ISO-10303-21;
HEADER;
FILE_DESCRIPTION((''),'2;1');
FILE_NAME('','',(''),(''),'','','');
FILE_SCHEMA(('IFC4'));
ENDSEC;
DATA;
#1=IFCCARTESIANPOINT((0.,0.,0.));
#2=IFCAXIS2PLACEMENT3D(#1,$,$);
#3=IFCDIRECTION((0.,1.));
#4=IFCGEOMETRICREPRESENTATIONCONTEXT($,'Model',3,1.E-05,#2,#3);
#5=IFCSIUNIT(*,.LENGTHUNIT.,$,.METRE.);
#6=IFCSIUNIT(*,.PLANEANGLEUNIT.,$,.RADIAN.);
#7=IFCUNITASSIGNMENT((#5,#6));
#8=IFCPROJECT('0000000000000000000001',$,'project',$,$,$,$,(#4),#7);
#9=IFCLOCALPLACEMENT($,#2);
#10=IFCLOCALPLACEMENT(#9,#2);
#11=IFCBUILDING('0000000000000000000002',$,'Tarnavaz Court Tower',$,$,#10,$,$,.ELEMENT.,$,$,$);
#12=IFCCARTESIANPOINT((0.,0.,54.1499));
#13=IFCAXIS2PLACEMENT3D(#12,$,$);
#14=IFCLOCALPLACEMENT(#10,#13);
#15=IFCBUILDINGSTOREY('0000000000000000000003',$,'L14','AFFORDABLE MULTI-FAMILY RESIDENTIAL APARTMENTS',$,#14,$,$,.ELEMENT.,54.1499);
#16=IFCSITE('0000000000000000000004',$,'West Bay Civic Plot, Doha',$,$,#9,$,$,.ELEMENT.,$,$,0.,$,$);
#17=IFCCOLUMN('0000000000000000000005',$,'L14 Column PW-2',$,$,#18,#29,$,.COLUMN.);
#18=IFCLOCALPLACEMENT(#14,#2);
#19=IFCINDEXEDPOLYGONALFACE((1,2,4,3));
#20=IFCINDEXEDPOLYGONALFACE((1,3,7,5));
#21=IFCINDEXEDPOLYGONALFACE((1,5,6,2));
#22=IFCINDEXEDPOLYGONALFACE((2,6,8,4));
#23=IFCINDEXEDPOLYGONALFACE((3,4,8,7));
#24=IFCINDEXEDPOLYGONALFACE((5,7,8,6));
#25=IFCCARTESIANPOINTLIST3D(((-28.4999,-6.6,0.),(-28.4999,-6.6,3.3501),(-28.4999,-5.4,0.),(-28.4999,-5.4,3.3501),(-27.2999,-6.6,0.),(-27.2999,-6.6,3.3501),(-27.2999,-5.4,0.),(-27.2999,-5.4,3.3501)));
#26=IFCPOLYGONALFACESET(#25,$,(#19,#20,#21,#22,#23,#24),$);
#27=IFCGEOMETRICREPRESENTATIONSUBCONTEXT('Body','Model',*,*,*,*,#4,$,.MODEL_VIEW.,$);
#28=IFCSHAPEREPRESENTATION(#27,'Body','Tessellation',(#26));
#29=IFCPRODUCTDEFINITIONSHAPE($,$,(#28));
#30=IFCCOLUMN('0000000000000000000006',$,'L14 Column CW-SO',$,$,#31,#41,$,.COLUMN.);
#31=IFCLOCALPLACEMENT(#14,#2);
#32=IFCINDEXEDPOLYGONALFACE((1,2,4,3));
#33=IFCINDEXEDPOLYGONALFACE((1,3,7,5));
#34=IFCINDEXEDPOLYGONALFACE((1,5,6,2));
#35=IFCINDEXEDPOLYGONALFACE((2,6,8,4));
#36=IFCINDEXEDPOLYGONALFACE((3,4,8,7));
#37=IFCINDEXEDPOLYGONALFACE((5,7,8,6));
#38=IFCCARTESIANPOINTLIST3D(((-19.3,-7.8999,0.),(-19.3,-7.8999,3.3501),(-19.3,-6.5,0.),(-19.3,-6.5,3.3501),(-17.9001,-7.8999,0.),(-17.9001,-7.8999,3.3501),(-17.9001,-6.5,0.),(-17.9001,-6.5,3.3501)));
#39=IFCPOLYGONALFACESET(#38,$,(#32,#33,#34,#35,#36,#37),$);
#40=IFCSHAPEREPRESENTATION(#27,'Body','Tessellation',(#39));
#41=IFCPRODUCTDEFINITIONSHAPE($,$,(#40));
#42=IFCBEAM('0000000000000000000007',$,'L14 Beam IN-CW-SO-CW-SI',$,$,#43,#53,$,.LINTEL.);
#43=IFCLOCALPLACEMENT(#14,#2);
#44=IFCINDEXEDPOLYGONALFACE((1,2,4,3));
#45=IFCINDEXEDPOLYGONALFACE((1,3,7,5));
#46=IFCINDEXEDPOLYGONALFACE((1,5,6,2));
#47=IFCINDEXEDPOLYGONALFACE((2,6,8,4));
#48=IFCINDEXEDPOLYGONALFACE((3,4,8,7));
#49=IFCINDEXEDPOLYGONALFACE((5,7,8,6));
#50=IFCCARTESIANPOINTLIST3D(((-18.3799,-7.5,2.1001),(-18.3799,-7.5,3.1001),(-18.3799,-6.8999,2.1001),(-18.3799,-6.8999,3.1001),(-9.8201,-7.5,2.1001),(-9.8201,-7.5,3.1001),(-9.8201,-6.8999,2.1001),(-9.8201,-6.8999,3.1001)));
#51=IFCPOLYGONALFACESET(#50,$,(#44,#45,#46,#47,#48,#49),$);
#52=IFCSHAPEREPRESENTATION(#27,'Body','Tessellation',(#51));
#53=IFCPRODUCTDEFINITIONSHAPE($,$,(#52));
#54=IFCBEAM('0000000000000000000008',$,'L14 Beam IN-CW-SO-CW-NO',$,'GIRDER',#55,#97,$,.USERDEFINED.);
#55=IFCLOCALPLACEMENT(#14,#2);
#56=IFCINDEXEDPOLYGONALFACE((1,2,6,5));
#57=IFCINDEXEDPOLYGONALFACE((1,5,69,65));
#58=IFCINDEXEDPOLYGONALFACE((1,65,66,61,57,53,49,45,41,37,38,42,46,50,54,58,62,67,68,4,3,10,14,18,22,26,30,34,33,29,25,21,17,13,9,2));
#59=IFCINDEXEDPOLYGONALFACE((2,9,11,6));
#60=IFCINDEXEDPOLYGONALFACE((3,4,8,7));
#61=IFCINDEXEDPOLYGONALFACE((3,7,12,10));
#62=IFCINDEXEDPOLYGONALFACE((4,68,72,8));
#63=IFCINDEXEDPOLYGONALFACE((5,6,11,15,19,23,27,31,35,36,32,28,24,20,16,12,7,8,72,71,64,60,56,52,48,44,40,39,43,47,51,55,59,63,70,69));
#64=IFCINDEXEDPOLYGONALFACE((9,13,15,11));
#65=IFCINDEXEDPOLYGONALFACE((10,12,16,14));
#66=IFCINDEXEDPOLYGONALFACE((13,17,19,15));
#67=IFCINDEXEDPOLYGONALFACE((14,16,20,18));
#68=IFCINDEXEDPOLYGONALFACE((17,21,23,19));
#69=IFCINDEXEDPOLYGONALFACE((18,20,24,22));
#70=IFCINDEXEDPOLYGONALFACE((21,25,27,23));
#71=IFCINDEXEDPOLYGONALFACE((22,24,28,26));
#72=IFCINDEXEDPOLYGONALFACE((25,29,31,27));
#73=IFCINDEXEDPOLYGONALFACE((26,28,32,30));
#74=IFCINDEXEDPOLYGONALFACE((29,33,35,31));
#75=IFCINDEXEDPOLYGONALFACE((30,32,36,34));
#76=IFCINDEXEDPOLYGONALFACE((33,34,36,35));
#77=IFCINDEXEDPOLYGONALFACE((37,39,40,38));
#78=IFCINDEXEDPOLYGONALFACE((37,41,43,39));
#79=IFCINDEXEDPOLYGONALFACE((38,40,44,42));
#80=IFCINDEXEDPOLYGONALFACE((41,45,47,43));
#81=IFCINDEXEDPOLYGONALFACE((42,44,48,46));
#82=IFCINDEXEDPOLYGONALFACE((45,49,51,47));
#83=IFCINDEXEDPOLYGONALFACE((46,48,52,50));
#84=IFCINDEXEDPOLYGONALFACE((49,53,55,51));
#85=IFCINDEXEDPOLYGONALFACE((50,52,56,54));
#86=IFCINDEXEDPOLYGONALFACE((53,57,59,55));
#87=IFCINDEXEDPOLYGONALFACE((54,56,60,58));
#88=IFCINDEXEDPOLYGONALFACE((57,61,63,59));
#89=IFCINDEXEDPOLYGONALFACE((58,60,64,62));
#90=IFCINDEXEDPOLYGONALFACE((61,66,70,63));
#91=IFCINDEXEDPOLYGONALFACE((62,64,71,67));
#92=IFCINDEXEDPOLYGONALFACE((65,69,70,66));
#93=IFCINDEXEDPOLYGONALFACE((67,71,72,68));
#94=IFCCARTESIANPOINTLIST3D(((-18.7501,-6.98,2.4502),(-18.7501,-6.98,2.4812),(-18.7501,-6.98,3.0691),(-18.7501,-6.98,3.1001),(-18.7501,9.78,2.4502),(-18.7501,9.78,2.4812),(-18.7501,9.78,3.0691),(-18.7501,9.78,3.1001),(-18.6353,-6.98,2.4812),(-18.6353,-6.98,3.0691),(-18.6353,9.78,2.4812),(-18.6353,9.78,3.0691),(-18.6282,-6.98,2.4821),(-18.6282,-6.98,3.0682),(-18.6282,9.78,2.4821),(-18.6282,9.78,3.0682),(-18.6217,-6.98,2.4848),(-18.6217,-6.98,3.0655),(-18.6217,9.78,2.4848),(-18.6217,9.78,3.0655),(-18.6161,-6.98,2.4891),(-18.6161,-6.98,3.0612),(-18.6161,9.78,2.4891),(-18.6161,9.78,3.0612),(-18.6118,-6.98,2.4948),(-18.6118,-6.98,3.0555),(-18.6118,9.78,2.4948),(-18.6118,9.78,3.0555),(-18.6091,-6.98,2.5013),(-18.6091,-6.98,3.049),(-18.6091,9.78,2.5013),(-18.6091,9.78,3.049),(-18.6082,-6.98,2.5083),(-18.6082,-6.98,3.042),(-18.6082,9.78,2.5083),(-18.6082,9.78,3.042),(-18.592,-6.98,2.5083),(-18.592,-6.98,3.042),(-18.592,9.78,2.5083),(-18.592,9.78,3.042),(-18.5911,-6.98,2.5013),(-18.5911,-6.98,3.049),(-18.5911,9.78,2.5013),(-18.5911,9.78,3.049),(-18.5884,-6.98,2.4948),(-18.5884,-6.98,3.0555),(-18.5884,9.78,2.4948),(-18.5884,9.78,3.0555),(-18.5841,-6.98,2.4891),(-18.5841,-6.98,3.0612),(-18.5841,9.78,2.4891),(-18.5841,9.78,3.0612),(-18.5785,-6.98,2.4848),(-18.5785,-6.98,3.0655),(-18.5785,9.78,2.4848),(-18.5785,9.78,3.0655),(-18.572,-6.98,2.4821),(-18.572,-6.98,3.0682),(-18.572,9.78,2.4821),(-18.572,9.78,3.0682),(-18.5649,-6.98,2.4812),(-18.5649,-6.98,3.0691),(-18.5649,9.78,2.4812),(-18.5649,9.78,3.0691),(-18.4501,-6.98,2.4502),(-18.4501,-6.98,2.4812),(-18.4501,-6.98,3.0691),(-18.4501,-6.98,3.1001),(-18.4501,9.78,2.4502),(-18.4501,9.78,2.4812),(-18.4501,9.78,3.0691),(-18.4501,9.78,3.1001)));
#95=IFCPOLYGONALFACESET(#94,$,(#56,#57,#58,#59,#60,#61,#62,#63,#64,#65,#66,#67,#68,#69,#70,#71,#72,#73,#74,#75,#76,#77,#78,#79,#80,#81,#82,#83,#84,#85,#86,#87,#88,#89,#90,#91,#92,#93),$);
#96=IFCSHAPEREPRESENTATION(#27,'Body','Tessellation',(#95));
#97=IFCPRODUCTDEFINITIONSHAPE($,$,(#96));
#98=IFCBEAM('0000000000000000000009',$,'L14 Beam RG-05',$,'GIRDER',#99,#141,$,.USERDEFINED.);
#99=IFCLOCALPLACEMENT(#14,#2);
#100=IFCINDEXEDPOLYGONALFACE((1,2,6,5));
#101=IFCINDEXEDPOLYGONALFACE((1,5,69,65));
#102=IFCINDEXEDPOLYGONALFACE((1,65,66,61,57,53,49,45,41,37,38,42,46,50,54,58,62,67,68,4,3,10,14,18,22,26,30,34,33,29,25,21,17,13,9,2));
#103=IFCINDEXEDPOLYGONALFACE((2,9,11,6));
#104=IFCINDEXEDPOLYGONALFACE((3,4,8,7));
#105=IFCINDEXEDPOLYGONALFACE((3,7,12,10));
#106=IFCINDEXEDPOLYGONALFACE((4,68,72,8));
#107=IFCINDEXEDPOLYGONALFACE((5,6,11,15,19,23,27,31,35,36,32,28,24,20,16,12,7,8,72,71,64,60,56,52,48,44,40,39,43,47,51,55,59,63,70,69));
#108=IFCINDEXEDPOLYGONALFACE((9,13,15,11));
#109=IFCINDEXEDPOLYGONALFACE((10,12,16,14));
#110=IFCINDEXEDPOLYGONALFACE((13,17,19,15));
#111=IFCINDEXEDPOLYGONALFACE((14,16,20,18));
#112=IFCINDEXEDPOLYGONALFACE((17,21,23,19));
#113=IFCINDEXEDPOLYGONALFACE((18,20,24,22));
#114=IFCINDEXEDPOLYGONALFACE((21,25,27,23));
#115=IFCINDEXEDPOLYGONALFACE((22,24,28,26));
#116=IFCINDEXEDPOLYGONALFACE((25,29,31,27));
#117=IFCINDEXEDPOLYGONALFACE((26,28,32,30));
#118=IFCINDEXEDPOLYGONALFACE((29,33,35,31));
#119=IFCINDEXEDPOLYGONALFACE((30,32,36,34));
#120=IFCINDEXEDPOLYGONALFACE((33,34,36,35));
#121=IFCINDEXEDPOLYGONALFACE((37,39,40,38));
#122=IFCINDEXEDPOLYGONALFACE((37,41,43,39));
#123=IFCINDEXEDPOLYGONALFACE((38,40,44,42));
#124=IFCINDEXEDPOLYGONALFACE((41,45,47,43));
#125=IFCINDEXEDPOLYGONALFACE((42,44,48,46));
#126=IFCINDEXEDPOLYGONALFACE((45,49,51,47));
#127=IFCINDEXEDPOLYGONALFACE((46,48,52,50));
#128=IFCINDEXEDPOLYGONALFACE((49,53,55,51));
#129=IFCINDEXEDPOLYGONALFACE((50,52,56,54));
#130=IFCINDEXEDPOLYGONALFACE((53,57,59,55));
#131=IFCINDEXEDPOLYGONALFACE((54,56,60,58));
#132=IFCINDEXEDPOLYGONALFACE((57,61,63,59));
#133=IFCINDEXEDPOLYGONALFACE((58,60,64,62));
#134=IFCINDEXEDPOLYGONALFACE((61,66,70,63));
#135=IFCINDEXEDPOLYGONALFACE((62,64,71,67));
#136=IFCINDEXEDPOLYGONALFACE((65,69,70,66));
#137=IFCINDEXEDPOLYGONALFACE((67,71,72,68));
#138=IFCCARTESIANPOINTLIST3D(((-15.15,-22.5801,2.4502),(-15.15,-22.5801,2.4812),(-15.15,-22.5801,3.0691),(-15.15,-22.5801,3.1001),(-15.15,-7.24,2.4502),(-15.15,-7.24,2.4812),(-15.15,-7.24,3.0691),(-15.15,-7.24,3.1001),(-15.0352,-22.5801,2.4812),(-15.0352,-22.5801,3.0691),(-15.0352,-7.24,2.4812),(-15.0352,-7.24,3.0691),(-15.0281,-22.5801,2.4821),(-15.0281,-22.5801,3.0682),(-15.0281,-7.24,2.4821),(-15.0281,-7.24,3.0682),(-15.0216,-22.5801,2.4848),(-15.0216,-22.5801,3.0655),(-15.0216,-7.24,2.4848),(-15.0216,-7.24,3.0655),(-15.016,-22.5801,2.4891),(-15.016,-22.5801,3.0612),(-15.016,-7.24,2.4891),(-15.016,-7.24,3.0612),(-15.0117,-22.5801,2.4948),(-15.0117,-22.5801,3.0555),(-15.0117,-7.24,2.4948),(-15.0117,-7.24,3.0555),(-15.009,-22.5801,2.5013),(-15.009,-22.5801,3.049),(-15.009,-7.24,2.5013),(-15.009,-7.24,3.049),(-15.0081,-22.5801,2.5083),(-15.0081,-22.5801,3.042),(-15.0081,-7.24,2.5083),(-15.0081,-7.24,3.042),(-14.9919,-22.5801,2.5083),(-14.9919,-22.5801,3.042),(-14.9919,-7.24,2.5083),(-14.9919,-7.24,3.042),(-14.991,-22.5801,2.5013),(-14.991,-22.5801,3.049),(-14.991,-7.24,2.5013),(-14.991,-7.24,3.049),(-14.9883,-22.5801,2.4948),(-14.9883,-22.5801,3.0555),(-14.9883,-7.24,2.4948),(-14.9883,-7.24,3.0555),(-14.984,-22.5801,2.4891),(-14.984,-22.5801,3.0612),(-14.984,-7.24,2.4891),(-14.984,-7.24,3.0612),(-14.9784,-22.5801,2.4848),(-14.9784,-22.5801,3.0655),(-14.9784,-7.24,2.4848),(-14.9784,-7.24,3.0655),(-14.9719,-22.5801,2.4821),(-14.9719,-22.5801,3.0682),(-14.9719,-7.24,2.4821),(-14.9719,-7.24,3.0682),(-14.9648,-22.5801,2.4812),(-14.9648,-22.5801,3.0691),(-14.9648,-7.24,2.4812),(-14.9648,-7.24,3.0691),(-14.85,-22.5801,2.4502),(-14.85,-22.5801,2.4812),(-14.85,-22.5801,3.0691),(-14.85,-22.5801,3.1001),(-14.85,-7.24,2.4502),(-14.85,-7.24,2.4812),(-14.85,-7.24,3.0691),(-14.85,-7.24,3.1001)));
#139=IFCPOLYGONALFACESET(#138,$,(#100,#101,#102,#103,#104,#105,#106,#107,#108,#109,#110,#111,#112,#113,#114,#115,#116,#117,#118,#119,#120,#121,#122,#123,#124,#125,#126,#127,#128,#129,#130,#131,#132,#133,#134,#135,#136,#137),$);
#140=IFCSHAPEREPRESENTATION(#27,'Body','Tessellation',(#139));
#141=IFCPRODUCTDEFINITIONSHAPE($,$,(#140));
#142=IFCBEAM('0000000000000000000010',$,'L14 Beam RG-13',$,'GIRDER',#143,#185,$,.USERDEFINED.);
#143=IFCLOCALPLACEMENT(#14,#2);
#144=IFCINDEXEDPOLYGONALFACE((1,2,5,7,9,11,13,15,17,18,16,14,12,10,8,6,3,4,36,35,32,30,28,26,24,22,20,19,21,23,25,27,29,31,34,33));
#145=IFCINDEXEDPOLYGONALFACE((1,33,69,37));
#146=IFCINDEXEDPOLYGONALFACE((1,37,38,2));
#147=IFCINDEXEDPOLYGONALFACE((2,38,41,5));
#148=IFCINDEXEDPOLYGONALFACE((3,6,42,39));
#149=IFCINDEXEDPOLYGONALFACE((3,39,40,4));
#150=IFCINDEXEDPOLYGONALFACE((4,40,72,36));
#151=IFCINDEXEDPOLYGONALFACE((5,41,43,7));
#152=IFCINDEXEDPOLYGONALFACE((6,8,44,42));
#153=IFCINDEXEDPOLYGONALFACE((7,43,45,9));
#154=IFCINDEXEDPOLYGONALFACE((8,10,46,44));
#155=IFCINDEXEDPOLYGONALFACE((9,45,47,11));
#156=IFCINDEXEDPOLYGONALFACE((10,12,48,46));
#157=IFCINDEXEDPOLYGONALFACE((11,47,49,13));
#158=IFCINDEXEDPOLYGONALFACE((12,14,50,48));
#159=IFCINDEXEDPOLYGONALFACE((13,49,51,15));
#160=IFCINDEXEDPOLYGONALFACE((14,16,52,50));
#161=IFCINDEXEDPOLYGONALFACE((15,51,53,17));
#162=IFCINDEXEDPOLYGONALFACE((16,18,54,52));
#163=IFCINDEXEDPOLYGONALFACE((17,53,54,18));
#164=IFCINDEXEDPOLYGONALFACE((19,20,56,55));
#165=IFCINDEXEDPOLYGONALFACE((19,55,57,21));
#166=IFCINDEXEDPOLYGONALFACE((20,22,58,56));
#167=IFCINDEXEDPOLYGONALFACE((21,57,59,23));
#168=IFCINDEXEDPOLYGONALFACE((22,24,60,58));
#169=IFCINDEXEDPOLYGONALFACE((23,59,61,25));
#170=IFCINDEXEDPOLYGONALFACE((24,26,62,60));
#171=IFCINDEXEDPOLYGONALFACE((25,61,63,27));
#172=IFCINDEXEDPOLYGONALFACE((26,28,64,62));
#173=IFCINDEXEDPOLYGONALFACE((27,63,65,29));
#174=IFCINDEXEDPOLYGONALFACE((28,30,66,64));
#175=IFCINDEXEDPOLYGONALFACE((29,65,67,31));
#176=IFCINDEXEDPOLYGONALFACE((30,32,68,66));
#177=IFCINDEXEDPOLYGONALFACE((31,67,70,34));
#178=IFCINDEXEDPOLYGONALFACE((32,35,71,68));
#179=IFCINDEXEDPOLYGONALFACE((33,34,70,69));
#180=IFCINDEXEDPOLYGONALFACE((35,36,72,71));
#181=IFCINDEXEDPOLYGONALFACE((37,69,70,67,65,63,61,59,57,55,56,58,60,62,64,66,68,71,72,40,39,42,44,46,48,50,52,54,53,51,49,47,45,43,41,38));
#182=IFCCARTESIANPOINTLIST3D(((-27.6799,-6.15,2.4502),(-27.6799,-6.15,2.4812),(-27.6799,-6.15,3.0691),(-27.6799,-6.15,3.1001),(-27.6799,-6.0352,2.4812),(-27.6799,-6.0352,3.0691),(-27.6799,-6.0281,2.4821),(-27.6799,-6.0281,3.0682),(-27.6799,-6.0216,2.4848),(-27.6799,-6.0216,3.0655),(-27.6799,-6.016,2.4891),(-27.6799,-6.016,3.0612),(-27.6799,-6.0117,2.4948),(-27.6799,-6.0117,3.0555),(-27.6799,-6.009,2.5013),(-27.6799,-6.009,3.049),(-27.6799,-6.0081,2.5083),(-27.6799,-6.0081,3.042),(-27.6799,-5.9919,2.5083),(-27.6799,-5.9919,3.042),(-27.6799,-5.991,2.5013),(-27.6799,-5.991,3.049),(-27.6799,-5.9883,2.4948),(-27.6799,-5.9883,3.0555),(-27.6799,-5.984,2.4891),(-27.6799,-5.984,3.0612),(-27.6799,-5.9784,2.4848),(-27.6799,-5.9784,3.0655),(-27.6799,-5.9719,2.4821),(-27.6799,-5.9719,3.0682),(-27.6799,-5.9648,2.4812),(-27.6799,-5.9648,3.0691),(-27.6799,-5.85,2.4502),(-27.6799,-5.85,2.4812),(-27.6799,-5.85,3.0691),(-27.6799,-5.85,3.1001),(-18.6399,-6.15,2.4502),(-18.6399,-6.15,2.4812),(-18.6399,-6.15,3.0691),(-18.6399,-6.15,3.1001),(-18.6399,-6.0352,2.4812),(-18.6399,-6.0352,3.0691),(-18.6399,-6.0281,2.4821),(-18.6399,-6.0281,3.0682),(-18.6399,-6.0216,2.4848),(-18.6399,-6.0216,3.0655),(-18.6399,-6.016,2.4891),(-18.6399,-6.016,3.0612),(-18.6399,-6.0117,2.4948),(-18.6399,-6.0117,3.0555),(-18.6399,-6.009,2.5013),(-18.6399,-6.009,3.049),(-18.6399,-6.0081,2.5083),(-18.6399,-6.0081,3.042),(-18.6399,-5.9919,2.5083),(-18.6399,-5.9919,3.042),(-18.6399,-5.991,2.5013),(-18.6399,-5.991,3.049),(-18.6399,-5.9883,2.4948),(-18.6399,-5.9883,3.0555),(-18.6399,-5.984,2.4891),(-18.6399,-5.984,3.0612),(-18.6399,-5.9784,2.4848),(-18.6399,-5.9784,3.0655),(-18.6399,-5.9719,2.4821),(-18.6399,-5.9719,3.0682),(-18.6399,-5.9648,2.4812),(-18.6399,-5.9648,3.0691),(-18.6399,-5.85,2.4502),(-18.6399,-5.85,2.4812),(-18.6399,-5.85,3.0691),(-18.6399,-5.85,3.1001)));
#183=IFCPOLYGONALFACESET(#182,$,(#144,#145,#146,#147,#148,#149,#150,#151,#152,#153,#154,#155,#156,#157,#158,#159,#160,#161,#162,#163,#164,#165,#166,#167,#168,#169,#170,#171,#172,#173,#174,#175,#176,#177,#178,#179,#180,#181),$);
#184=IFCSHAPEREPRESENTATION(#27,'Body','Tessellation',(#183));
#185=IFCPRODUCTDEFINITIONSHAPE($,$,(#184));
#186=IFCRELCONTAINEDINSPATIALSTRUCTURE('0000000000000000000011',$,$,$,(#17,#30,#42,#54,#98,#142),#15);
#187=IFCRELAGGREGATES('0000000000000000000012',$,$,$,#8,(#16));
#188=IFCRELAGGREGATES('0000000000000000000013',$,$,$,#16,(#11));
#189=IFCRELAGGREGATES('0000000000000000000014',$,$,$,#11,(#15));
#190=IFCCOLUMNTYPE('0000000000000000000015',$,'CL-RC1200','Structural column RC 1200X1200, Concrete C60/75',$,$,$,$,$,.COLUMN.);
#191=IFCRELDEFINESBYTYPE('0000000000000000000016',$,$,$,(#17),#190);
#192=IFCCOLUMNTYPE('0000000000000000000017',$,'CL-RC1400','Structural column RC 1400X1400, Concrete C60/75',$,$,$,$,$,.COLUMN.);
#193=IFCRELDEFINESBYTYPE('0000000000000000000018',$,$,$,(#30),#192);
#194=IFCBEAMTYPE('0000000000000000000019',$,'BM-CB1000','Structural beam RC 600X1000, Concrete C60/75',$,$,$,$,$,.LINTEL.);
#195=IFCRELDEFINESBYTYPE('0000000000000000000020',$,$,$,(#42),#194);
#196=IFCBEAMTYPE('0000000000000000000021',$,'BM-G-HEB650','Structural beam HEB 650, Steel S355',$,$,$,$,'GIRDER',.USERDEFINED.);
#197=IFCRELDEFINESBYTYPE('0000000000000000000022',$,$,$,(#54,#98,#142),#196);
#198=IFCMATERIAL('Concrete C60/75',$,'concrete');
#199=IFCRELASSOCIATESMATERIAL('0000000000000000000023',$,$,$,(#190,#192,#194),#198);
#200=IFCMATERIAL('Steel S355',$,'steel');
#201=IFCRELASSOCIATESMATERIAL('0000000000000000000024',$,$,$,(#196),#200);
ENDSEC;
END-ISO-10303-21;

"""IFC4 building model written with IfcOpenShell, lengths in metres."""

from ifc_helpers import new_model, si_unit, direction, frame, origin, origin_2d, place, context, subcontext, project, spatial, rectangle, i_section, extrude, material, material_profile, profile_set, type_object, element, save


model = new_model("IFC4")

# Units and contexts
model_context = context("Model", 3, precision=1e-05, world=origin(), true_north=direction((0.0, 1.0)))
body_context = subcontext(model_context, "Body", "Model", "MODEL_VIEW")
ifc_project = project(units=[si_unit("LENGTHUNIT", "METRE"), si_unit("PLANEANGLEUNIT", "RADIAN")], contexts=[model_context])

# Site, building, storey
site_placement = place(None, origin())
site = spatial("IfcSite", under=ifc_project, at=site_placement, Name="West Bay Civic Plot, Doha", CompositionType="ELEMENT", RefElevation=0.0)
building_placement = place(site_placement, origin())
building = spatial("IfcBuilding", under=site, at=building_placement, Name="Tarnavaz Court Tower", CompositionType="ELEMENT")
storey_placement = place(building_placement, frame((0.0, 0.0, 54.1499)))
storey = spatial("IfcBuildingStorey", under=building, at=storey_placement, Name="L14", Description="AFFORDABLE MULTI-FAMILY RESIDENTIAL APARTMENTS", CompositionType="ELEMENT", Elevation=54.1499)

# Columns
ifc_material_1 = material(Name="Concrete C60/75", Category="concrete")
ifc_material_profile_1 = material_profile(ifc_material_1, rectangle(XDim=1.2, YDim=1.2, at=origin_2d()), Name="RC 1200X1200")
ifc_profile_set_1 = profile_set([ifc_material_profile_1], Name="Concrete C60/75")
column_type_1 = type_object("IfcColumnType", Name="CL-RC1200", Description="Structural column RC 1200X1200, Concrete C60/75", PredefinedType="COLUMN", material=ifc_profile_set_1)
column_1_placement = place(storey_placement, frame((-27.8999, -6.0, 0.0), z_axis=(0.0, 0.0, 1.0), x_axis=(1.0, 0.0, 0.0)))
element("IfcColumn", 1, at=column_1_placement, inside=storey, type_object=column_type_1, Name="L14 Column PW-2", PredefinedType="COLUMN", context=body_context, shape_type="SweptSolid", body=[
    extrude(rectangle(XDim=1.2, YDim=1.2, at=origin_2d()), origin(), (0.0, 0.0, 1.0), 3.3501),
])
ifc_material_profile_2 = material_profile(ifc_material_1, rectangle(XDim=1.3999, YDim=1.3999, at=origin_2d()), Name="RC 1400X1400")
ifc_profile_set_2 = profile_set([ifc_material_profile_2], Name="Concrete C60/75")
column_type_2 = type_object("IfcColumnType", Name="CL-RC1400", Description="Structural column RC 1400X1400, Concrete C60/75", PredefinedType="COLUMN", material=ifc_profile_set_2)
column_2_placement = place(storey_placement, frame((-18.6001, -7.2, 0.0), z_axis=(0.0, 0.0, 1.0), x_axis=(1.0, 0.0, 0.0)))
element("IfcColumn", 2, at=column_2_placement, inside=storey, type_object=column_type_2, Name="L14 Column CW-SO", PredefinedType="COLUMN", context=body_context, shape_type="SweptSolid", body=[
    extrude(rectangle(XDim=1.3999, YDim=1.3999, at=origin_2d()), origin(), (0.0, 0.0, 1.0), 3.3501),
])

# Beams
ifc_material_profile_3 = material_profile(ifc_material_1, rectangle(XDim=0.6001, YDim=1.0, at=origin_2d()), Name="RC 600X1000")
ifc_profile_set_3 = profile_set([ifc_material_profile_3], Name="Concrete C60/75")
beam_type_1 = type_object("IfcBeamType", Name="BM-CB1000", Description="Structural beam RC 600X1000, Concrete C60/75", PredefinedType="LINTEL", material=ifc_profile_set_3)
beam_1_placement = place(storey_placement, frame((-18.3799, -7.2, 2.6001), z_axis=(1.0, 0.0, 0.0), x_axis=(0.0, 1.0, 0.0)))
element("IfcBeam", 3, at=beam_1_placement, inside=storey, type_object=beam_type_1, Name="L14 Beam IN-CW-SO-CW-SI", PredefinedType="LINTEL", context=body_context, shape_type="SweptSolid", body=[
    extrude(rectangle(XDim=0.6001, YDim=1.0, at=origin_2d()), origin(), (0.0, 0.0, 1.0), 8.5598),
])
ifc_material_2 = material(Name="Steel S355", Category="steel")
ifc_material_profile_4 = material_profile(ifc_material_2, i_section(OverallWidth=0.3, OverallDepth=0.6499, WebThickness=0.0161, FlangeThickness=0.031, FilletRadius=0.0271, at=origin_2d()), Name="HEB 650")
ifc_profile_set_4 = profile_set([ifc_material_profile_4], Name="Steel S355")
beam_type_2 = type_object("IfcBeamType", Name="BM-G-HEB650", Description="Structural beam HEB 650, Steel S355", ElementType="GIRDER", PredefinedType="USERDEFINED", material=ifc_profile_set_4)
beam_2_placement = place(storey_placement, frame((-18.6001, -6.98, 2.7751), z_axis=(0.0, 1.0, 0.0), x_axis=(-1.0, 0.0, 0.0)))
element("IfcBeam", 4, at=beam_2_placement, inside=storey, type_object=beam_type_2, Name="L14 Beam IN-CW-SO-CW-NO", ObjectType="GIRDER", PredefinedType="USERDEFINED", context=body_context, shape_type="SweptSolid", body=[
    extrude(i_section(OverallWidth=0.3, OverallDepth=0.6499, WebThickness=0.0161, FlangeThickness=0.031, FilletRadius=0.0271, at=origin_2d()), origin(), (0.0, 0.0, 1.0), 16.76),
])
beam_3_placement = place(storey_placement, frame((-15.0, -7.24, 2.7751), z_axis=(0.0, -1.0, 0.0), x_axis=(1.0, 0.0, 0.0)))
element("IfcBeam", 5, at=beam_3_placement, inside=storey, type_object=beam_type_2, Name="L14 Beam RG-05", ObjectType="GIRDER", PredefinedType="USERDEFINED", context=body_context, shape_type="SweptSolid", body=[
    extrude(i_section(OverallWidth=0.3, OverallDepth=0.6499, WebThickness=0.0161, FlangeThickness=0.031, FilletRadius=0.0271, at=origin_2d()), origin(), (0.0, 0.0, 1.0), 15.3401),
])
beam_4_placement = place(storey_placement, frame((-18.6399, -6.0, 2.7751), z_axis=(-1.0, 0.0, 0.0), x_axis=(0.0, -1.0, 0.0)))
element("IfcBeam", 6, at=beam_4_placement, inside=storey, type_object=beam_type_2, Name="L14 Beam RG-13", ObjectType="GIRDER", PredefinedType="USERDEFINED", context=body_context, shape_type="SweptSolid", body=[
    extrude(i_section(OverallWidth=0.3, OverallDepth=0.6499, WebThickness=0.0161, FlangeThickness=0.031, FilletRadius=0.0271, at=origin_2d()), origin(), (0.0, 0.0, 1.0), 9.04),
])

save(model, "model.ifc")
